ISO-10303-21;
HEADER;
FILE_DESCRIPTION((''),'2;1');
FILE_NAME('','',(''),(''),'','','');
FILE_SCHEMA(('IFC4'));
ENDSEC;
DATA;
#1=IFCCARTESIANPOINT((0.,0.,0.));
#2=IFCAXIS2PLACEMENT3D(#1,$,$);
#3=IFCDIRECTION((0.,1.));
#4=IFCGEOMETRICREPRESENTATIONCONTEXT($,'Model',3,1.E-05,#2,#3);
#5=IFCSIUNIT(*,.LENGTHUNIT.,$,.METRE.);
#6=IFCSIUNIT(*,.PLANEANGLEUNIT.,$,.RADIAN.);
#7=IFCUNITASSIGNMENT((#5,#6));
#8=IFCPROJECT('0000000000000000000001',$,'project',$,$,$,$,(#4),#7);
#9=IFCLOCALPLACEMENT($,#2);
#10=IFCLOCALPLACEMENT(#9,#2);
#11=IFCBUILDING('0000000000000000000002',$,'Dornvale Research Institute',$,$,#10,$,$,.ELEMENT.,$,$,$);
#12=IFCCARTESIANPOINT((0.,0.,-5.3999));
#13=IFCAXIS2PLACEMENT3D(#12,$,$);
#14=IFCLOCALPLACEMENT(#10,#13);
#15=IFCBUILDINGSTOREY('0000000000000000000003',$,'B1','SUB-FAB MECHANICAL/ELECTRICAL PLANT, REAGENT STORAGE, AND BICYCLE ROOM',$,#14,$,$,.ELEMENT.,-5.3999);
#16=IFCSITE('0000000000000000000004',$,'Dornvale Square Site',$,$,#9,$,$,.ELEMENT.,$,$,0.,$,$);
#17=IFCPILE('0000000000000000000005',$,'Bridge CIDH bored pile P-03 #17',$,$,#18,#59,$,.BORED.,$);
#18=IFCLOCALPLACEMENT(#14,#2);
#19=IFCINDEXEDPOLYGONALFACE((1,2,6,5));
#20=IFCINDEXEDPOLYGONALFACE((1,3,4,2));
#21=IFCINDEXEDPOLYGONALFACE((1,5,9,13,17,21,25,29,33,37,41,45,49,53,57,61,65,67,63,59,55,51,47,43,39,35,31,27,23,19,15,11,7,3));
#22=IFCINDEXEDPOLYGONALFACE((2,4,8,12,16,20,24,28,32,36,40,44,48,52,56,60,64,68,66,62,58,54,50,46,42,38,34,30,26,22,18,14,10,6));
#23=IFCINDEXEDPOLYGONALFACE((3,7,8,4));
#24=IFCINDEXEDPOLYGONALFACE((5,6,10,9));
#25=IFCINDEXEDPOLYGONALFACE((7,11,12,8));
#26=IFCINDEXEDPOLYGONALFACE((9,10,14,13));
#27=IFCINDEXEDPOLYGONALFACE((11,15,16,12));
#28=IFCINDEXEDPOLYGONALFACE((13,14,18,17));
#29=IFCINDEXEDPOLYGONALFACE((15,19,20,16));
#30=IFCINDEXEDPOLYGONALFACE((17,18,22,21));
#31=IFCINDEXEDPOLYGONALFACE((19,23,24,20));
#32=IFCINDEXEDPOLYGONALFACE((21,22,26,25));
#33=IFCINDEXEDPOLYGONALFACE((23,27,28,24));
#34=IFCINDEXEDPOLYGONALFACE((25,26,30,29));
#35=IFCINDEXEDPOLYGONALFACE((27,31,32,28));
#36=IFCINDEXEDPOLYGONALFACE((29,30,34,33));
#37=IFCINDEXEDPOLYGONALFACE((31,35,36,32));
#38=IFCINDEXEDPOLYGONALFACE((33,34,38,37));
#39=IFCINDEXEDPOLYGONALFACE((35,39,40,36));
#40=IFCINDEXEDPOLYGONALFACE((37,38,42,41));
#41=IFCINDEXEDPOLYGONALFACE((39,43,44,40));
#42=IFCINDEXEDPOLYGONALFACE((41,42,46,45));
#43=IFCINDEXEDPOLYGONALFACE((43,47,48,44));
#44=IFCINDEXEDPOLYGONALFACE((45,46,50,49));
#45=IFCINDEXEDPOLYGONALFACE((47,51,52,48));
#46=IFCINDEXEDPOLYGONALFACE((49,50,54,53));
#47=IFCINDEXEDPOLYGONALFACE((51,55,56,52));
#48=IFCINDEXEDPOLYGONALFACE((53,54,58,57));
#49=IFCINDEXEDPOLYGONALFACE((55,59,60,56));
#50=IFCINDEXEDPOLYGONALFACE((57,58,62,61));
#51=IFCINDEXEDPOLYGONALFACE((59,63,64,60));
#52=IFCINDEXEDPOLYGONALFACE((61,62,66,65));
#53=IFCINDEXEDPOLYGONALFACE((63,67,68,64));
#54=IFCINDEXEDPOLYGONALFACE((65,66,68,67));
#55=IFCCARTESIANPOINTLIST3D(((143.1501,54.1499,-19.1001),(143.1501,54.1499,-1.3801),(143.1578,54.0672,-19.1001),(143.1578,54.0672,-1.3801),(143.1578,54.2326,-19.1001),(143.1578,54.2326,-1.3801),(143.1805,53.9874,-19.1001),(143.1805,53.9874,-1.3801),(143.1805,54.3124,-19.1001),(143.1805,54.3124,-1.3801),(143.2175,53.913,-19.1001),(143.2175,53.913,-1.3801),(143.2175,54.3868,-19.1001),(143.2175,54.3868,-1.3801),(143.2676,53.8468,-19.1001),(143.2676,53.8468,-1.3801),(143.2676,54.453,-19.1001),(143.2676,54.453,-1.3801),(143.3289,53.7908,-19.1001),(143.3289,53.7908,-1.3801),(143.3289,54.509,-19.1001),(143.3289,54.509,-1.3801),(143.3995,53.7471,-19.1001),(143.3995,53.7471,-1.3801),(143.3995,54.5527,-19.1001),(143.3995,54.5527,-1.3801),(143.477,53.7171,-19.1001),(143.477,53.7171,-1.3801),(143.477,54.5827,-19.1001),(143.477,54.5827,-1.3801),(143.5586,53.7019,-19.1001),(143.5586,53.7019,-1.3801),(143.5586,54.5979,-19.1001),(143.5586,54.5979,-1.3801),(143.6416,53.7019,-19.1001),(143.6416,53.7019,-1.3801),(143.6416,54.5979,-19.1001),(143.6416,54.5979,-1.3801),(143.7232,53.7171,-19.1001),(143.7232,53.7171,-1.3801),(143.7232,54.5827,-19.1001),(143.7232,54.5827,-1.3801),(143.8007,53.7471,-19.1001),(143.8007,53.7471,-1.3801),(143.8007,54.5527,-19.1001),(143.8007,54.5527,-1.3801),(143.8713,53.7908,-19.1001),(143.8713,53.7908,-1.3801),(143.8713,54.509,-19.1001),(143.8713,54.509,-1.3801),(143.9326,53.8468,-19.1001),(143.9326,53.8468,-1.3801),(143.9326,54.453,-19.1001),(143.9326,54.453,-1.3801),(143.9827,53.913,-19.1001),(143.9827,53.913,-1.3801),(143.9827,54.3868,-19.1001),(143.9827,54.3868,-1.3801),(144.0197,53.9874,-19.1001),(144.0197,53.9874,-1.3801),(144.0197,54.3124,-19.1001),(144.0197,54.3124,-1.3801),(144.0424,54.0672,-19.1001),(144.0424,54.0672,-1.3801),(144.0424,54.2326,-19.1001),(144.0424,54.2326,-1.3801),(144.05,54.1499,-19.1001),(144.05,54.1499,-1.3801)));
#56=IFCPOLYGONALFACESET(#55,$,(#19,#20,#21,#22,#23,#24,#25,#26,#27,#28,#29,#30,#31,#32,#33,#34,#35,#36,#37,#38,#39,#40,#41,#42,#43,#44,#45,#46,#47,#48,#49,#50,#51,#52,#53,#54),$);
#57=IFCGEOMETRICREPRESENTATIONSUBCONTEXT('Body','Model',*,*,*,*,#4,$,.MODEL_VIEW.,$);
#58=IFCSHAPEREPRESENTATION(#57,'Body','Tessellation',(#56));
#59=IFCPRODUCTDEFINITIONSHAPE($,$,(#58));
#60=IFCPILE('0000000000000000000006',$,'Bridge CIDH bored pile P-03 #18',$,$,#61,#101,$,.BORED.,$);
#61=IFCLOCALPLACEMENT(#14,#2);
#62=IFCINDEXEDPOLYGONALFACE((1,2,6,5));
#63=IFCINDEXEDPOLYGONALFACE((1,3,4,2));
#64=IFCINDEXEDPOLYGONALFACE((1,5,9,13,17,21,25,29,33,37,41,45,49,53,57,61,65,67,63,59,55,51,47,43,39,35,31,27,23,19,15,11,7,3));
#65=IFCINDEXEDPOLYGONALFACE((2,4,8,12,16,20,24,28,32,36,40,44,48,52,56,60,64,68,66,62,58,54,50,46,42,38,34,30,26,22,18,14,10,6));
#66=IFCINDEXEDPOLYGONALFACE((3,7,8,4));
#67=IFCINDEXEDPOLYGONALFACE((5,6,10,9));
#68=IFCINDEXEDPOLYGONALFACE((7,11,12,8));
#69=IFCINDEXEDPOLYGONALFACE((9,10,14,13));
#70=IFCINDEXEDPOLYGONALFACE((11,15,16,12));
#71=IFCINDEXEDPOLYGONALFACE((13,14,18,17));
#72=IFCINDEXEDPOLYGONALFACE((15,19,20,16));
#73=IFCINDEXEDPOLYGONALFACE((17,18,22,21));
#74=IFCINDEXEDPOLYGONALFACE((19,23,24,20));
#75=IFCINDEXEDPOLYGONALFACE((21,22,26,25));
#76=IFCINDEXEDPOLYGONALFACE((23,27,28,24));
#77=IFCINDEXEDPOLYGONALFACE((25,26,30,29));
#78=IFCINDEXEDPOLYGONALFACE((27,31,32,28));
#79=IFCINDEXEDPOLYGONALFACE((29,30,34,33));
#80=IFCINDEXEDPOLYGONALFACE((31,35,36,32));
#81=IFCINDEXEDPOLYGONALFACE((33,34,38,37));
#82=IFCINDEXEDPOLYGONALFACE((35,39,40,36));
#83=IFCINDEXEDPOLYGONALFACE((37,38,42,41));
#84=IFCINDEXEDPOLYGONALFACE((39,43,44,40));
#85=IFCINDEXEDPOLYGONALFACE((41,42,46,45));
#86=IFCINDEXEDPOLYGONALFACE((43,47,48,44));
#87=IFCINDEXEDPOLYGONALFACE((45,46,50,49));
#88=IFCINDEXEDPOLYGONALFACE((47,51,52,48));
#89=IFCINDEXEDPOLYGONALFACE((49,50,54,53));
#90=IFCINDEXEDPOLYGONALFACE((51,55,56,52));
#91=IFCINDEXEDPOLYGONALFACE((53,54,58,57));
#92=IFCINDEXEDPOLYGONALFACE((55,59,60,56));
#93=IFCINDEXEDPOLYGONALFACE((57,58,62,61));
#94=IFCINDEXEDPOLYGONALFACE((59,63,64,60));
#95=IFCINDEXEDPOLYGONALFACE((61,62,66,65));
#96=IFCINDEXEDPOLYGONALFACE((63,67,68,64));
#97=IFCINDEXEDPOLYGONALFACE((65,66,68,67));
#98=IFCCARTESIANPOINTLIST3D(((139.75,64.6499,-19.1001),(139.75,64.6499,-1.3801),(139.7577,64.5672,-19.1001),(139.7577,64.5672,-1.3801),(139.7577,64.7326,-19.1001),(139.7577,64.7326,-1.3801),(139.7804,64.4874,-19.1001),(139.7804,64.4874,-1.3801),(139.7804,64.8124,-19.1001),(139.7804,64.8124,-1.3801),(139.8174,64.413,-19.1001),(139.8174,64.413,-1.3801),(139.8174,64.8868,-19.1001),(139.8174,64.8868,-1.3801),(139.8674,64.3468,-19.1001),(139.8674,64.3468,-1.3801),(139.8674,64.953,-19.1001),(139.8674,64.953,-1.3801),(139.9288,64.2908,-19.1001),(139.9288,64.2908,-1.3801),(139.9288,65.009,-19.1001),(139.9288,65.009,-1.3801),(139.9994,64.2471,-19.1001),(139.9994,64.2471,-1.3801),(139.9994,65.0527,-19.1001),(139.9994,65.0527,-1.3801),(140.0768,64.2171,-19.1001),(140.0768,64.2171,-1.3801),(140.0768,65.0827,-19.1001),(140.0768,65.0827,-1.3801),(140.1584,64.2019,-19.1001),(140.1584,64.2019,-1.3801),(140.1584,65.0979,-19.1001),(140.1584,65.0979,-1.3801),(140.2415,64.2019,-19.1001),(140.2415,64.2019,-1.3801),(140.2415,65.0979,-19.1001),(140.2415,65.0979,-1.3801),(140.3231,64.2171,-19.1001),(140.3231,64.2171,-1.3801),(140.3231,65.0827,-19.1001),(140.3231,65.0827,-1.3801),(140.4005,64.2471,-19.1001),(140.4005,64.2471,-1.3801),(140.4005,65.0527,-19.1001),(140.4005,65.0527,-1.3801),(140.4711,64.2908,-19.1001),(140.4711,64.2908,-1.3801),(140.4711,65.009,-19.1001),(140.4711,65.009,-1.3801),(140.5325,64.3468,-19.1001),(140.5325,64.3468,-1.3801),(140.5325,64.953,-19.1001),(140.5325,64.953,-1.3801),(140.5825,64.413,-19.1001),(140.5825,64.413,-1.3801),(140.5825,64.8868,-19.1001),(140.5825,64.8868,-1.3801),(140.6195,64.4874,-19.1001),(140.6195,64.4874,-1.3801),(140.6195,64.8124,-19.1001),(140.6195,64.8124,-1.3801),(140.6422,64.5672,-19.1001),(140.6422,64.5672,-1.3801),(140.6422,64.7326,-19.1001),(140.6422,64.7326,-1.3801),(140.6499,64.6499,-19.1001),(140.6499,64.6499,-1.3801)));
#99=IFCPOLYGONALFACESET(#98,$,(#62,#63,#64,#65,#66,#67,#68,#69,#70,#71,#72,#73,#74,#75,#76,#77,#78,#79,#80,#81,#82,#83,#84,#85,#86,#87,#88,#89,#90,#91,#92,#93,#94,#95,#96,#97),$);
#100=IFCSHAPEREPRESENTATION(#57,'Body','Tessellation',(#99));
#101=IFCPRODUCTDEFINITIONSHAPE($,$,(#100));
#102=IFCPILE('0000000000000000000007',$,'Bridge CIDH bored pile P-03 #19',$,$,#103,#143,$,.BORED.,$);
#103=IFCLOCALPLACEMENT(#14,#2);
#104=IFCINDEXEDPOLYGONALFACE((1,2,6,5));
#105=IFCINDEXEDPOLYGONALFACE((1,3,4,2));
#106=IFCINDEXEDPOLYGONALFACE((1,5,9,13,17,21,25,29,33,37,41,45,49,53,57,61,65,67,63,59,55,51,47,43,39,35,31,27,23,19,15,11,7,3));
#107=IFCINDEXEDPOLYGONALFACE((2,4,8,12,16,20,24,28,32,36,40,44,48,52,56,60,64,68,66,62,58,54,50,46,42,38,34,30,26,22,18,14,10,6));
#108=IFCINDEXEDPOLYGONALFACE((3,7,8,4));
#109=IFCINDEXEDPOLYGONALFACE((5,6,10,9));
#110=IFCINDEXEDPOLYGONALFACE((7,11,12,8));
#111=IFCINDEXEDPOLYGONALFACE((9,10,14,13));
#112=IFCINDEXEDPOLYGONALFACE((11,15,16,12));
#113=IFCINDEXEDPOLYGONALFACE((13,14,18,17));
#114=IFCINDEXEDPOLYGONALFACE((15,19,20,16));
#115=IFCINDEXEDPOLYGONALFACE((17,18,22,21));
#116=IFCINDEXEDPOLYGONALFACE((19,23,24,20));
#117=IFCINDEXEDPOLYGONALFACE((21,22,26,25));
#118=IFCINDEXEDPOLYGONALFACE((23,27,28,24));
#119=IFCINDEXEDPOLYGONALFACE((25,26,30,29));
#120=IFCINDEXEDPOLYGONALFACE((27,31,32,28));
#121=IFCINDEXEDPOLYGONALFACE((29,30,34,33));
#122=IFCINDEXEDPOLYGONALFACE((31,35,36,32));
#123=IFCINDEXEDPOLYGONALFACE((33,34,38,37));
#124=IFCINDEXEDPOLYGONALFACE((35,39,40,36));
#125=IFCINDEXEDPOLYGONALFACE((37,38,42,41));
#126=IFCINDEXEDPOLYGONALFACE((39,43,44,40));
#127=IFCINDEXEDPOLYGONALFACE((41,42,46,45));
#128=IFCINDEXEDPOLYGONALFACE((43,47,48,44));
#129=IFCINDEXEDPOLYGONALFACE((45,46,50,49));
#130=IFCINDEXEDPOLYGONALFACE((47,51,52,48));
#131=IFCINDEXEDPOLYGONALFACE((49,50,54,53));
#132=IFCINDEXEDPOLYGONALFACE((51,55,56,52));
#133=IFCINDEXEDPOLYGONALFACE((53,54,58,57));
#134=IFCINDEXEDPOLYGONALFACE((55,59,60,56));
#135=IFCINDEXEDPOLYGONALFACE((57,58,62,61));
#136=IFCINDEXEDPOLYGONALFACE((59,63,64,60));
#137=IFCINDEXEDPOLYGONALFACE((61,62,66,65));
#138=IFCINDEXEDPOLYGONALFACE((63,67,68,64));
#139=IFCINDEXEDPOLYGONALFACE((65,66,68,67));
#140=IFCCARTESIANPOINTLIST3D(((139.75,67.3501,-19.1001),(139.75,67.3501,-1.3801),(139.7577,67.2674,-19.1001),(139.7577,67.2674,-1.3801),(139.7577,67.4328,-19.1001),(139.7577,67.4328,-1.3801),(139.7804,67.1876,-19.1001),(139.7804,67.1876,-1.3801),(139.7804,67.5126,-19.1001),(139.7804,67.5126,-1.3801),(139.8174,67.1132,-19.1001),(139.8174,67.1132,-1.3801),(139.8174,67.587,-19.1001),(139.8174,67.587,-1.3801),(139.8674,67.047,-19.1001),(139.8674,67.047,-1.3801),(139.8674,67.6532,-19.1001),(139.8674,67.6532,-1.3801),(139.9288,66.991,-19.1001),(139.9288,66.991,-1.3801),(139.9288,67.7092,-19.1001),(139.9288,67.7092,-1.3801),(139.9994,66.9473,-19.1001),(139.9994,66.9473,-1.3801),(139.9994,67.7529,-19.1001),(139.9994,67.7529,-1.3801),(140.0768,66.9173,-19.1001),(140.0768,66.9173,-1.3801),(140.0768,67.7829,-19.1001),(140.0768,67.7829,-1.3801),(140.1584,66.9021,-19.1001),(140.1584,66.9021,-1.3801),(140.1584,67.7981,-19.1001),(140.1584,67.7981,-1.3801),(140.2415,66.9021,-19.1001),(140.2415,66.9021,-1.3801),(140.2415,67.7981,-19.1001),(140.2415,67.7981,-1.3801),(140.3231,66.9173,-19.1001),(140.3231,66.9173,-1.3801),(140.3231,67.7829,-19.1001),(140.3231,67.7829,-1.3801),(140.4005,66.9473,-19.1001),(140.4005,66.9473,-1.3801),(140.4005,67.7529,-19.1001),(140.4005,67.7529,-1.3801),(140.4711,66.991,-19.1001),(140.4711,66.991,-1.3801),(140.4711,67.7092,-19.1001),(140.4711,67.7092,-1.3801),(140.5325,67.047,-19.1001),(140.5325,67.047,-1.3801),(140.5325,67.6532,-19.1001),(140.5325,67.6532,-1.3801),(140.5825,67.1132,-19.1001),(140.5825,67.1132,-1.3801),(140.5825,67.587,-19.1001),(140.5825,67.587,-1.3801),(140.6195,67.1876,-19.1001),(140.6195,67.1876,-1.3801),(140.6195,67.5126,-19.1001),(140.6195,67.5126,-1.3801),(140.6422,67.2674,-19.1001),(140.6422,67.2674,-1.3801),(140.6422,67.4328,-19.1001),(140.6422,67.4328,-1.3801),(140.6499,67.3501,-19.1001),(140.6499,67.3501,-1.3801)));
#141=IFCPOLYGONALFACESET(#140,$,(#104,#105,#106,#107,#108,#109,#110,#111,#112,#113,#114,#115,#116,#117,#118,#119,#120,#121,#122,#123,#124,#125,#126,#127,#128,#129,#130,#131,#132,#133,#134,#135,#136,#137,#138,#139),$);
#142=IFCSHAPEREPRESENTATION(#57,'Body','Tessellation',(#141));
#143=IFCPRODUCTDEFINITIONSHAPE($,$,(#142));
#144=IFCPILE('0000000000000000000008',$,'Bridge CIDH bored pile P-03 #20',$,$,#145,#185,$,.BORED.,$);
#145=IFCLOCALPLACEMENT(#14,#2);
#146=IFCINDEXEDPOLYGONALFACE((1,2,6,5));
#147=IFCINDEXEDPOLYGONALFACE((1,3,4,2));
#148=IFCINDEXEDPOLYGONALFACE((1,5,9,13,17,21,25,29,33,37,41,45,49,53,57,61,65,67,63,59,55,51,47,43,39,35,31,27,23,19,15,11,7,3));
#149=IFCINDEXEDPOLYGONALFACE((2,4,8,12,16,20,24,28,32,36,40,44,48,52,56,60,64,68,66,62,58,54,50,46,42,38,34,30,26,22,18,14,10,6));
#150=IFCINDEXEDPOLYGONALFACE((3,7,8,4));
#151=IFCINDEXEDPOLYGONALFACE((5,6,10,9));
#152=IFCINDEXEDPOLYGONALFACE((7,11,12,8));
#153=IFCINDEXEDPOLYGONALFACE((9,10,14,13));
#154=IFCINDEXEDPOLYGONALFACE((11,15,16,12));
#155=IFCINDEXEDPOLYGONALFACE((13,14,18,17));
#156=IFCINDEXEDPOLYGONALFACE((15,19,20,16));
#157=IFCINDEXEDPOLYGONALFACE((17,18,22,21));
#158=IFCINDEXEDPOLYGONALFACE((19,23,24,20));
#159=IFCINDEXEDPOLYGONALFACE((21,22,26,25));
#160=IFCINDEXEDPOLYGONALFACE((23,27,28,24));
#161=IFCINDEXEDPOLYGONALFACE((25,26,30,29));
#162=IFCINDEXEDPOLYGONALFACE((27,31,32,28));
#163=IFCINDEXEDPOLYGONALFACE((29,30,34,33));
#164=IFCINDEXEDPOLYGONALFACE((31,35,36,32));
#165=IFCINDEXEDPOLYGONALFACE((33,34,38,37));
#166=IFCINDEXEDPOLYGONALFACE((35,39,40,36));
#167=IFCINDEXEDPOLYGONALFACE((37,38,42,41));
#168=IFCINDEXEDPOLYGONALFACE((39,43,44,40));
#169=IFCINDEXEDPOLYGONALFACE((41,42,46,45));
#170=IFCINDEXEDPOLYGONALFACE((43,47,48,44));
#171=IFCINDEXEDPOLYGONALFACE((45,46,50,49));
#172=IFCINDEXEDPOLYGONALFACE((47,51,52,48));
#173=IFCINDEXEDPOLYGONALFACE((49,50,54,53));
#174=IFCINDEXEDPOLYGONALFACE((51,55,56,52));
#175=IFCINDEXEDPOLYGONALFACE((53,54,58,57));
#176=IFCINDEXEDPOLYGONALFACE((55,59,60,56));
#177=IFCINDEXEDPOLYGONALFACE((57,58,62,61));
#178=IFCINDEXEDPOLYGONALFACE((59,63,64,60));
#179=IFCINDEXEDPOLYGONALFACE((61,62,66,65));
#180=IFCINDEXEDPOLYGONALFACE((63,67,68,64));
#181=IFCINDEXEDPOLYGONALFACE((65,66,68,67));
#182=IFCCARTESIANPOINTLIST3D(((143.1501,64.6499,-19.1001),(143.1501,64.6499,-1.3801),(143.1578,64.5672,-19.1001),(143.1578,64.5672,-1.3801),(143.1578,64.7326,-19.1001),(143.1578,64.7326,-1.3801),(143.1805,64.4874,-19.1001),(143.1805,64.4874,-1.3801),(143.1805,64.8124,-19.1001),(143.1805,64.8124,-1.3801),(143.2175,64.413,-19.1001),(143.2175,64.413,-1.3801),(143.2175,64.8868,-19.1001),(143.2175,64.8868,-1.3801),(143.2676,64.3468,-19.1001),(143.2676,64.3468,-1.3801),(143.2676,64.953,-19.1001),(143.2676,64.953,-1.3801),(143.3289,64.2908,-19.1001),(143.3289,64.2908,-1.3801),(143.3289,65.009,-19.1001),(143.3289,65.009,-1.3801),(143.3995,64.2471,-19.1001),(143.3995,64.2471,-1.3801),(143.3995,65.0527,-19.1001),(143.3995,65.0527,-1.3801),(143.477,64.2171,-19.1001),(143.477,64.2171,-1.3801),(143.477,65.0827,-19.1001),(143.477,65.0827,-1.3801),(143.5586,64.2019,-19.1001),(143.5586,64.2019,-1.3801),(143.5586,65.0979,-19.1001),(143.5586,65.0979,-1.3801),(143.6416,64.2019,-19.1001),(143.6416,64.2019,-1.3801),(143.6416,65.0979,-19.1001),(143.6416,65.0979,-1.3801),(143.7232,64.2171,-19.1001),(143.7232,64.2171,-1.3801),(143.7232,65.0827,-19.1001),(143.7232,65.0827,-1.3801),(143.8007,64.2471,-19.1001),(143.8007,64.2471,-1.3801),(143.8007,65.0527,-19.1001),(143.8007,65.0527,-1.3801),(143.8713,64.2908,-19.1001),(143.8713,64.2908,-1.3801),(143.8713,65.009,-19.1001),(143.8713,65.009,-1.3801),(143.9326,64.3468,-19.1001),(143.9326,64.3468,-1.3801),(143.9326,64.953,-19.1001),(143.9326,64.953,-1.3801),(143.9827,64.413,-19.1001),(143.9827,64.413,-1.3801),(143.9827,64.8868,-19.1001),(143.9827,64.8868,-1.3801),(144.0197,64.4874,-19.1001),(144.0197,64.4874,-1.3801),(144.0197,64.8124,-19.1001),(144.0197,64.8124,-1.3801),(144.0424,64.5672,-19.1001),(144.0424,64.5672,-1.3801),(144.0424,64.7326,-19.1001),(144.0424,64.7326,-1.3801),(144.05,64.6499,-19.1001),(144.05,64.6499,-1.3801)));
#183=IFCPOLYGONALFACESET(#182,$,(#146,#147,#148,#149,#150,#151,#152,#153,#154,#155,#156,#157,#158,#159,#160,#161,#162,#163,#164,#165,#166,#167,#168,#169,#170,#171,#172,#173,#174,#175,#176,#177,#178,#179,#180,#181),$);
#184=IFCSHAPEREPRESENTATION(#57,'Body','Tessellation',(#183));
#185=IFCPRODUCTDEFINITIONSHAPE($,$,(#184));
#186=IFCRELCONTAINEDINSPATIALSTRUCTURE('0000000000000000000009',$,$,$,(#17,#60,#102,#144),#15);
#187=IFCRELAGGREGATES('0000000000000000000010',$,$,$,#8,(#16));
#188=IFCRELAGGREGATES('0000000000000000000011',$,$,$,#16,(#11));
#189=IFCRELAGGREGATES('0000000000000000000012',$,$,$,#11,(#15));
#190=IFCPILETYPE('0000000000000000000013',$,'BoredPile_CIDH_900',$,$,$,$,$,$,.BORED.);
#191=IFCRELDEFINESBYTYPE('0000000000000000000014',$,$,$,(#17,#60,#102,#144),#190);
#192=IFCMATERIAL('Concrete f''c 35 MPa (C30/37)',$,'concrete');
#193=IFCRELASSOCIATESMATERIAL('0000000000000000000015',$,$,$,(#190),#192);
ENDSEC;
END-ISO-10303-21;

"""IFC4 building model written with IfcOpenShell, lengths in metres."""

from ifc_helpers import new_model, si_unit, direction, frame, origin, origin_2d, place, context, subcontext, project, spatial, circle, extrude, material, material_profile, profile_set, type_object, element, save


model = new_model("IFC4")

# Units and contexts
model_context = context("Model", 3, precision=1e-05, world=origin(), true_north=direction((0.0, 1.0)))
body_context = subcontext(model_context, "Body", "Model", "MODEL_VIEW")
ifc_project = project(units=[si_unit("LENGTHUNIT", "METRE"), si_unit("PLANEANGLEUNIT", "RADIAN")], contexts=[model_context])

# Site, building, storey
site_placement = place(None, origin())
site = spatial("IfcSite", under=ifc_project, at=site_placement, Name="Dornvale Square Site", CompositionType="ELEMENT", RefElevation=0.0)
building_placement = place(site_placement, origin())
building = spatial("IfcBuilding", under=site, at=building_placement, Name="Dornvale Research Institute", CompositionType="ELEMENT")
storey_placement = place(building_placement, frame((0.0, 0.0, -5.3999)))
storey = spatial("IfcBuildingStorey", under=building, at=storey_placement, Name="B1", Description="SUB-FAB MECHANICAL/ELECTRICAL PLANT, REAGENT STORAGE, AND BICYCLE ROOM", CompositionType="ELEMENT", Elevation=-5.3999)

# Piles
ifc_material_1 = material(Name="Concrete f'c 35 MPa (C30/37)", Category="concrete")
ifc_material_profile_1 = material_profile(ifc_material_1, circle(Radius=0.45, at=origin_2d()), Name="CIDH PILE D900")
ifc_profile_set_1 = profile_set([ifc_material_profile_1], Name="Concrete f'c 35 MPa (C30/37)")
pile_type = type_object("IfcPileType", Name="BoredPile_CIDH_900", PredefinedType="BORED", material=ifc_profile_set_1)
for number, where, z_axis, x_axis, name in (
    (1, (143.6001, 54.1499, -1.3801), (0.0, 0.0, -1.0), (1.0, 0.0, 0.0), "Bridge CIDH bored pile P-03 #17"),
    (2, (140.2, 64.6499, -1.3801), (0.0, 0.0, -1.0), (1.0, 0.0, 0.0), "Bridge CIDH bored pile P-03 #18"),
    (3, (140.2, 67.3501, -1.3801), (0.0, 0.0, -1.0), (1.0, 0.0, 0.0), "Bridge CIDH bored pile P-03 #19"),
    (4, (143.6001, 64.6499, -1.3801), (0.0, 0.0, -1.0), (1.0, 0.0, 0.0), "Bridge CIDH bored pile P-03 #20"),
):
    element("IfcPile", number, at=place(storey_placement, frame(where, z_axis=z_axis, x_axis=x_axis)), inside=storey, type_object=pile_type, Name=name, PredefinedType="BORED", context=body_context, shape_type="SweptSolid", body=[
        extrude(circle(Radius=0.45, at=origin_2d()), origin(), (0.0, 0.0, 1.0), 17.72),
    ])

save(model, "model.ifc")
